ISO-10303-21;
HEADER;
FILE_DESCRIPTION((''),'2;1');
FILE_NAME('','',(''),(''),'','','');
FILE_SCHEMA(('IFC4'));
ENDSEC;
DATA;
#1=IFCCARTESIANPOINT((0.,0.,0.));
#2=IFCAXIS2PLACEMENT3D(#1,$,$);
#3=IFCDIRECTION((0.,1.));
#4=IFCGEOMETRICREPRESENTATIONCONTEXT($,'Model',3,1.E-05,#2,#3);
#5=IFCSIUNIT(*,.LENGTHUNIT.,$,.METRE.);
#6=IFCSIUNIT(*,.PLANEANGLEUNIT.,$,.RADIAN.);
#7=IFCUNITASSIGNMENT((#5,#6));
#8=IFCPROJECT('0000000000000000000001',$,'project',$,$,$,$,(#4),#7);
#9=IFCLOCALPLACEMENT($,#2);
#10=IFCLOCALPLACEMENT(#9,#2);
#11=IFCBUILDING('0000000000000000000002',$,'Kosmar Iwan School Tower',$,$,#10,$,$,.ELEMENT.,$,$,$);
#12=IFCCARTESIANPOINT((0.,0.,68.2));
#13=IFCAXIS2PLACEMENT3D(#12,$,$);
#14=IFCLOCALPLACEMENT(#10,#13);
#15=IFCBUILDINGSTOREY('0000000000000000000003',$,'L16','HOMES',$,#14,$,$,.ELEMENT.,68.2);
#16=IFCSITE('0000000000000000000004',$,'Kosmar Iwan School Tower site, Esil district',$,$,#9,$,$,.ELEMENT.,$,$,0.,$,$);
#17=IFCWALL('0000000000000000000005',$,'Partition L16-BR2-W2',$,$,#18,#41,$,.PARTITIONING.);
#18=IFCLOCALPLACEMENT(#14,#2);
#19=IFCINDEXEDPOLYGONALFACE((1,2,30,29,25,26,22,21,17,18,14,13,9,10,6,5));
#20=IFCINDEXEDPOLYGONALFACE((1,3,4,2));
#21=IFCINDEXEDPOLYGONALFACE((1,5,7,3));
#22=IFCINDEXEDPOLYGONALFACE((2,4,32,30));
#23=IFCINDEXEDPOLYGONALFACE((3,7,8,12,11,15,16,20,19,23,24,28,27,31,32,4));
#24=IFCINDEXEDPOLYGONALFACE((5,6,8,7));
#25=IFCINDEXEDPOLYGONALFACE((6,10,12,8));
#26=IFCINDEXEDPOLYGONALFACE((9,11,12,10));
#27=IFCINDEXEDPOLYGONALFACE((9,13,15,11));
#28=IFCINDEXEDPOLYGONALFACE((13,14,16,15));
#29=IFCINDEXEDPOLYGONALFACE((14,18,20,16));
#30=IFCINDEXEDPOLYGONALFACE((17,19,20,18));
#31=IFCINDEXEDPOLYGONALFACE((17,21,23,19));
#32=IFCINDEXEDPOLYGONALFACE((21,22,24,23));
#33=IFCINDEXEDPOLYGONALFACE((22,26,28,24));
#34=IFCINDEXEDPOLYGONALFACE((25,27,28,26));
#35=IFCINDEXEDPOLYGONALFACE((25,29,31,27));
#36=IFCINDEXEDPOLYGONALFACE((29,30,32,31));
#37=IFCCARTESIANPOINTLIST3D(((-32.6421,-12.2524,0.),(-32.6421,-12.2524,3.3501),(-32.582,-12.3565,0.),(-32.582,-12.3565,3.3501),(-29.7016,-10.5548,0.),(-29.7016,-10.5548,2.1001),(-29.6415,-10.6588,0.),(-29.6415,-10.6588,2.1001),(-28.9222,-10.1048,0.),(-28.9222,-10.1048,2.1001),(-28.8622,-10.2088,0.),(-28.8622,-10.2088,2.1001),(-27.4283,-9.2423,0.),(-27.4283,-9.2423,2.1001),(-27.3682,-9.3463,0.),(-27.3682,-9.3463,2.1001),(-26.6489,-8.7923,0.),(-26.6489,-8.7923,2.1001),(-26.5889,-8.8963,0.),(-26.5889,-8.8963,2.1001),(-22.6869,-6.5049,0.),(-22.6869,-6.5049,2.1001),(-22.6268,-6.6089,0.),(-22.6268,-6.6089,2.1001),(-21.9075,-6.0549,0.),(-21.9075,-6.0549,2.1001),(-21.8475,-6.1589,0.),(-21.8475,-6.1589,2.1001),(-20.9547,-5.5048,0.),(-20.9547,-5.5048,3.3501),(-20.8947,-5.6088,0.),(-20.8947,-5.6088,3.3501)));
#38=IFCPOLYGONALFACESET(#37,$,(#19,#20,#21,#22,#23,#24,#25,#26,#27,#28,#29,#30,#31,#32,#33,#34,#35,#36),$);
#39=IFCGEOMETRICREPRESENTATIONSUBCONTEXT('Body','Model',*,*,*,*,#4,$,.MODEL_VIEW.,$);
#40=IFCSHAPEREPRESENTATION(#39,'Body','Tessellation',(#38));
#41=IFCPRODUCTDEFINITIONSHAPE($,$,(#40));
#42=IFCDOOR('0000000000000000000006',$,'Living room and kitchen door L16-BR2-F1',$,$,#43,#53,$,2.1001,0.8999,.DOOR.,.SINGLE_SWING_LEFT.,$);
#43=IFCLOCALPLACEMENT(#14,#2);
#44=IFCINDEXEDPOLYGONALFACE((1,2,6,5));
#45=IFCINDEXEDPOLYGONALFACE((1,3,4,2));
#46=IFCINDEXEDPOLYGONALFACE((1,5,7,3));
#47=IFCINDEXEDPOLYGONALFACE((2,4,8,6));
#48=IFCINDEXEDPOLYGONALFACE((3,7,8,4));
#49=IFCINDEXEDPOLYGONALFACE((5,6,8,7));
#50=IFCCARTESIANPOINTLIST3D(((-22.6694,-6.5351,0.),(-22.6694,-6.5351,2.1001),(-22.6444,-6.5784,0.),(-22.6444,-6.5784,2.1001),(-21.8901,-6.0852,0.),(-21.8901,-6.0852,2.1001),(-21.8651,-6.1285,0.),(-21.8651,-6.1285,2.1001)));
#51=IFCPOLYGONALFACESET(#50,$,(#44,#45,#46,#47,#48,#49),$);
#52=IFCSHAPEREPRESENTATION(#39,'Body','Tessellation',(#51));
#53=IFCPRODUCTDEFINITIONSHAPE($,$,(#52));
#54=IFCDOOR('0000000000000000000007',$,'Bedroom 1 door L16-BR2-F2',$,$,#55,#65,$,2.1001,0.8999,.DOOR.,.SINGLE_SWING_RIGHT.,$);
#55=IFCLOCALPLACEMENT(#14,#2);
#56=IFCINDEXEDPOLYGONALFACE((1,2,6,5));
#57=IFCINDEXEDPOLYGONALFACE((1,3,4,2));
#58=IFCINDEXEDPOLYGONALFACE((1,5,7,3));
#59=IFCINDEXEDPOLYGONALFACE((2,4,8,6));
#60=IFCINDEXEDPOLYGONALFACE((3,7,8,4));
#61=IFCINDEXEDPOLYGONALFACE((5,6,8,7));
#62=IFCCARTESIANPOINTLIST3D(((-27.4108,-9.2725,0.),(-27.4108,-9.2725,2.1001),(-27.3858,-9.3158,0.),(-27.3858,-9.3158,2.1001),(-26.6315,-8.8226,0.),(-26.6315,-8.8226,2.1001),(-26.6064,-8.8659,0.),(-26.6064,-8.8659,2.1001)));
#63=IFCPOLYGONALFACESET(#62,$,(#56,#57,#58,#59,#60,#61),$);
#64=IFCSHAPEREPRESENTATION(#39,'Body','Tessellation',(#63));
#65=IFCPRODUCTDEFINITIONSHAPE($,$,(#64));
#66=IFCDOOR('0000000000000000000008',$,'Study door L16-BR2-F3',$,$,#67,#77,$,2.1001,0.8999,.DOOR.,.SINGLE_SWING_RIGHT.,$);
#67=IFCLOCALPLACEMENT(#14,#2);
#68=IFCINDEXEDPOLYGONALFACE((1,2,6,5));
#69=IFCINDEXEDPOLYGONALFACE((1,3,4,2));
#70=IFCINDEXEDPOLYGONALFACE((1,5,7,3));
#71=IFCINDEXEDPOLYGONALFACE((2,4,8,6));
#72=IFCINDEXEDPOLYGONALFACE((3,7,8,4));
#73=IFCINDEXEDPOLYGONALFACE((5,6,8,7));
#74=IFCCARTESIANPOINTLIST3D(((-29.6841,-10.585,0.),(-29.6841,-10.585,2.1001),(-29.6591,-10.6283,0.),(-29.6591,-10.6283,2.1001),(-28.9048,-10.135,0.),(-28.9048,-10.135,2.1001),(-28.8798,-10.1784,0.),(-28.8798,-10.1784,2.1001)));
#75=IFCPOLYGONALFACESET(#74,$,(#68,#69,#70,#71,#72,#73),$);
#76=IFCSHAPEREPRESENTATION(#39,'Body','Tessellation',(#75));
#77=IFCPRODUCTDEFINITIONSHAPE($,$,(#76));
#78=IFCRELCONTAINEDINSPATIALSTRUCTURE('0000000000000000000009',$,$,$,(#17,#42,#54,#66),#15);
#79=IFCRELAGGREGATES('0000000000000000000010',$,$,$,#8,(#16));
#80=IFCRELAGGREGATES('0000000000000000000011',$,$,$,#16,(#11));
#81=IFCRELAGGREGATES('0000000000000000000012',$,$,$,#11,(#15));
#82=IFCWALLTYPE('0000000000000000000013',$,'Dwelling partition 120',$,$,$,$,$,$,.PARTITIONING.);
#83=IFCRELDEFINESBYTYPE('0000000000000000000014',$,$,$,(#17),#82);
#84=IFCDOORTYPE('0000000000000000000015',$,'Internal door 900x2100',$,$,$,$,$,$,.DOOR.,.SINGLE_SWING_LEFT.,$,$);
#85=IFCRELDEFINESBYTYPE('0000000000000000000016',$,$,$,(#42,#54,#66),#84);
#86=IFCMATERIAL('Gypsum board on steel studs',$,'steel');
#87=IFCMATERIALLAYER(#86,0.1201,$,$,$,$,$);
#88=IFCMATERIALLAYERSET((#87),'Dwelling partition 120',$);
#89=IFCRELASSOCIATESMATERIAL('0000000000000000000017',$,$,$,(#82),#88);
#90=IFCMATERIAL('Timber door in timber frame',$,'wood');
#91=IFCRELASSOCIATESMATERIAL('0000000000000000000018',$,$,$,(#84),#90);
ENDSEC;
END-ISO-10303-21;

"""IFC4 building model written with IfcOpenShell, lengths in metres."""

from ifc_helpers import new_model, si_unit, direction, frame, frame_2d, origin, place, context, subcontext, project, spatial, rectangle, extrude, material, layer, layer_set, type_object, element, fill, save


model = new_model("IFC4")

# Units and contexts
model_context = context("Model", 3, precision=1e-05, world=origin(), true_north=direction((0.0, 1.0)))
body_context = subcontext(model_context, "Body", "Model", "MODEL_VIEW")
ifc_project = project(units=[si_unit("LENGTHUNIT", "METRE"), si_unit("PLANEANGLEUNIT", "RADIAN")], contexts=[model_context])

# Site, building, storey
site_placement = place(None, origin())
site = spatial("IfcSite", under=ifc_project, at=site_placement, Name="Kosmar Iwan School Tower site, Esil district", CompositionType="ELEMENT", RefElevation=0.0)
building_placement = place(site_placement, origin())
building = spatial("IfcBuilding", under=site, at=building_placement, Name="Kosmar Iwan School Tower", CompositionType="ELEMENT")
storey_placement = place(building_placement, frame((0.0, 0.0, 68.2)))
storey = spatial("IfcBuildingStorey", under=building, at=storey_placement, Name="L16", Description="HOMES", CompositionType="ELEMENT", Elevation=68.2)

# Shared definitions
ifc_material_1 = material(Name="Gypsum board on steel studs", Category="steel")
ifc_layer = layer(ifc_material_1, 0.1201)
ifc_layer_set = layer_set([ifc_layer], Name="Dwelling partition 120")
wall_type = type_object("IfcWallType", Name="Dwelling partition 120", PredefinedType="PARTITIONING", material=ifc_layer_set)

# Wall, openings, doors
wall_1_placement = place(storey_placement, frame((-20.9248, -5.5569, 0.0), z_axis=(0.0, 0.0, 1.0), x_axis=(-0.866028, -0.499995, 0.0)))
wall_1 = element("IfcWall", 1, at=wall_1_placement, inside=storey, type_object=wall_type, Name="Partition L16-BR2-W2", PredefinedType="PARTITIONING", context=body_context, shape_type="SweptSolid", body=[
    extrude(rectangle(XDim=13.4954, YDim=0.1201, at=frame_2d((6.7476, 0.0))), origin(), (0.0, 0.0, 1.0), 3.3501),
])
opening_1_placement = place(wall_1_placement, frame((1.1001, 0.0, 0.0)))
opening_1 = element("IfcOpeningElement", 2, at=opening_1_placement, cuts=wall_1, PredefinedType="OPENING", context=body_context, shape_type="SweptSolid", body=[
    extrude(rectangle(XDim=0.8999, YDim=2.1001, at=frame_2d((0.45, 1.05))), frame((0.0, 0.072, 0.0), z_axis=(0.0, -1.0, 0.0), x_axis=(1.0, 0.0, 0.0)), (0.0, 0.0, 1.0), 0.144),
])
opening_2_placement = place(wall_1_placement, frame((6.575, 0.0, 0.0)))
opening_2 = element("IfcOpeningElement", 3, at=opening_2_placement, cuts=wall_1, PredefinedType="OPENING", context=body_context, shape_type="SweptSolid", body=[
    extrude(rectangle(XDim=0.8999, YDim=2.1001, at=frame_2d((0.45, 1.05))), frame((0.0, 0.072, 0.0), z_axis=(0.0, -1.0, 0.0), x_axis=(1.0, 0.0, 0.0)), (0.0, 0.0, 1.0), 0.144),
])
opening_3_placement = place(wall_1_placement, frame((9.2, 0.0, 0.0)))
opening_3 = element("IfcOpeningElement", 4, at=opening_3_placement, cuts=wall_1, PredefinedType="OPENING", context=body_context, shape_type="SweptSolid", body=[
    extrude(rectangle(XDim=0.8999, YDim=2.1001, at=frame_2d((0.45, 1.05))), frame((0.0, 0.072, 0.0), z_axis=(0.0, -1.0, 0.0), x_axis=(1.0, 0.0, 0.0)), (0.0, 0.0, 1.0), 0.144),
])
ifc_material_2 = material(Name="Timber door in timber frame", Category="wood")
door_type = type_object("IfcDoorType", Name="Internal door 900x2100", OperationType="SINGLE_SWING_LEFT", PredefinedType="DOOR", material=ifc_material_2)
door_1_placement = place(opening_1_placement, origin())
door_1 = element("IfcDoor", 5, at=door_1_placement, inside=storey, type_object=door_type, Name="Living room and kitchen door L16-BR2-F1", OperationType="SINGLE_SWING_LEFT", OverallHeight=2.1001, OverallWidth=0.8999, PredefinedType="DOOR", context=body_context, shape_type="SweptSolid", body=[
    extrude(rectangle(XDim=0.8999, YDim=2.1001, at=frame_2d((0.45, 1.05))), frame((0.0, 0.0249, 0.0), z_axis=(0.0, -1.0, 0.0), x_axis=(1.0, 0.0, 0.0)), (0.0, 0.0, 1.0), 0.05),
])
fill(opening_1, door_1)
door_2_placement = place(opening_2_placement, origin())
door_2 = element("IfcDoor", 6, at=door_2_placement, inside=storey, type_object=door_type, Name="Bedroom 1 door L16-BR2-F2", OperationType="SINGLE_SWING_RIGHT", OverallHeight=2.1001, OverallWidth=0.8999, PredefinedType="DOOR", context=body_context, shape_type="SweptSolid", body=[
    extrude(rectangle(XDim=0.8999, YDim=2.1001, at=frame_2d((0.45, 1.05))), frame((0.0, 0.0249, 0.0), z_axis=(0.0, -1.0, 0.0), x_axis=(1.0, 0.0, 0.0)), (0.0, 0.0, 1.0), 0.05),
])
fill(opening_2, door_2)
door_3_placement = place(opening_3_placement, origin())
door_3 = element("IfcDoor", 7, at=door_3_placement, inside=storey, type_object=door_type, Name="Study door L16-BR2-F3", OperationType="SINGLE_SWING_RIGHT", OverallHeight=2.1001, OverallWidth=0.8999, PredefinedType="DOOR", context=body_context, shape_type="SweptSolid", body=[
    extrude(rectangle(XDim=0.8999, YDim=2.1001, at=frame_2d((0.45, 1.05))), frame((0.0, 0.0249, 0.0), z_axis=(0.0, -1.0, 0.0), x_axis=(1.0, 0.0, 0.0)), (0.0, 0.0, 1.0), 0.05),
])
fill(opening_3, door_3)

save(model, "model.ifc")
